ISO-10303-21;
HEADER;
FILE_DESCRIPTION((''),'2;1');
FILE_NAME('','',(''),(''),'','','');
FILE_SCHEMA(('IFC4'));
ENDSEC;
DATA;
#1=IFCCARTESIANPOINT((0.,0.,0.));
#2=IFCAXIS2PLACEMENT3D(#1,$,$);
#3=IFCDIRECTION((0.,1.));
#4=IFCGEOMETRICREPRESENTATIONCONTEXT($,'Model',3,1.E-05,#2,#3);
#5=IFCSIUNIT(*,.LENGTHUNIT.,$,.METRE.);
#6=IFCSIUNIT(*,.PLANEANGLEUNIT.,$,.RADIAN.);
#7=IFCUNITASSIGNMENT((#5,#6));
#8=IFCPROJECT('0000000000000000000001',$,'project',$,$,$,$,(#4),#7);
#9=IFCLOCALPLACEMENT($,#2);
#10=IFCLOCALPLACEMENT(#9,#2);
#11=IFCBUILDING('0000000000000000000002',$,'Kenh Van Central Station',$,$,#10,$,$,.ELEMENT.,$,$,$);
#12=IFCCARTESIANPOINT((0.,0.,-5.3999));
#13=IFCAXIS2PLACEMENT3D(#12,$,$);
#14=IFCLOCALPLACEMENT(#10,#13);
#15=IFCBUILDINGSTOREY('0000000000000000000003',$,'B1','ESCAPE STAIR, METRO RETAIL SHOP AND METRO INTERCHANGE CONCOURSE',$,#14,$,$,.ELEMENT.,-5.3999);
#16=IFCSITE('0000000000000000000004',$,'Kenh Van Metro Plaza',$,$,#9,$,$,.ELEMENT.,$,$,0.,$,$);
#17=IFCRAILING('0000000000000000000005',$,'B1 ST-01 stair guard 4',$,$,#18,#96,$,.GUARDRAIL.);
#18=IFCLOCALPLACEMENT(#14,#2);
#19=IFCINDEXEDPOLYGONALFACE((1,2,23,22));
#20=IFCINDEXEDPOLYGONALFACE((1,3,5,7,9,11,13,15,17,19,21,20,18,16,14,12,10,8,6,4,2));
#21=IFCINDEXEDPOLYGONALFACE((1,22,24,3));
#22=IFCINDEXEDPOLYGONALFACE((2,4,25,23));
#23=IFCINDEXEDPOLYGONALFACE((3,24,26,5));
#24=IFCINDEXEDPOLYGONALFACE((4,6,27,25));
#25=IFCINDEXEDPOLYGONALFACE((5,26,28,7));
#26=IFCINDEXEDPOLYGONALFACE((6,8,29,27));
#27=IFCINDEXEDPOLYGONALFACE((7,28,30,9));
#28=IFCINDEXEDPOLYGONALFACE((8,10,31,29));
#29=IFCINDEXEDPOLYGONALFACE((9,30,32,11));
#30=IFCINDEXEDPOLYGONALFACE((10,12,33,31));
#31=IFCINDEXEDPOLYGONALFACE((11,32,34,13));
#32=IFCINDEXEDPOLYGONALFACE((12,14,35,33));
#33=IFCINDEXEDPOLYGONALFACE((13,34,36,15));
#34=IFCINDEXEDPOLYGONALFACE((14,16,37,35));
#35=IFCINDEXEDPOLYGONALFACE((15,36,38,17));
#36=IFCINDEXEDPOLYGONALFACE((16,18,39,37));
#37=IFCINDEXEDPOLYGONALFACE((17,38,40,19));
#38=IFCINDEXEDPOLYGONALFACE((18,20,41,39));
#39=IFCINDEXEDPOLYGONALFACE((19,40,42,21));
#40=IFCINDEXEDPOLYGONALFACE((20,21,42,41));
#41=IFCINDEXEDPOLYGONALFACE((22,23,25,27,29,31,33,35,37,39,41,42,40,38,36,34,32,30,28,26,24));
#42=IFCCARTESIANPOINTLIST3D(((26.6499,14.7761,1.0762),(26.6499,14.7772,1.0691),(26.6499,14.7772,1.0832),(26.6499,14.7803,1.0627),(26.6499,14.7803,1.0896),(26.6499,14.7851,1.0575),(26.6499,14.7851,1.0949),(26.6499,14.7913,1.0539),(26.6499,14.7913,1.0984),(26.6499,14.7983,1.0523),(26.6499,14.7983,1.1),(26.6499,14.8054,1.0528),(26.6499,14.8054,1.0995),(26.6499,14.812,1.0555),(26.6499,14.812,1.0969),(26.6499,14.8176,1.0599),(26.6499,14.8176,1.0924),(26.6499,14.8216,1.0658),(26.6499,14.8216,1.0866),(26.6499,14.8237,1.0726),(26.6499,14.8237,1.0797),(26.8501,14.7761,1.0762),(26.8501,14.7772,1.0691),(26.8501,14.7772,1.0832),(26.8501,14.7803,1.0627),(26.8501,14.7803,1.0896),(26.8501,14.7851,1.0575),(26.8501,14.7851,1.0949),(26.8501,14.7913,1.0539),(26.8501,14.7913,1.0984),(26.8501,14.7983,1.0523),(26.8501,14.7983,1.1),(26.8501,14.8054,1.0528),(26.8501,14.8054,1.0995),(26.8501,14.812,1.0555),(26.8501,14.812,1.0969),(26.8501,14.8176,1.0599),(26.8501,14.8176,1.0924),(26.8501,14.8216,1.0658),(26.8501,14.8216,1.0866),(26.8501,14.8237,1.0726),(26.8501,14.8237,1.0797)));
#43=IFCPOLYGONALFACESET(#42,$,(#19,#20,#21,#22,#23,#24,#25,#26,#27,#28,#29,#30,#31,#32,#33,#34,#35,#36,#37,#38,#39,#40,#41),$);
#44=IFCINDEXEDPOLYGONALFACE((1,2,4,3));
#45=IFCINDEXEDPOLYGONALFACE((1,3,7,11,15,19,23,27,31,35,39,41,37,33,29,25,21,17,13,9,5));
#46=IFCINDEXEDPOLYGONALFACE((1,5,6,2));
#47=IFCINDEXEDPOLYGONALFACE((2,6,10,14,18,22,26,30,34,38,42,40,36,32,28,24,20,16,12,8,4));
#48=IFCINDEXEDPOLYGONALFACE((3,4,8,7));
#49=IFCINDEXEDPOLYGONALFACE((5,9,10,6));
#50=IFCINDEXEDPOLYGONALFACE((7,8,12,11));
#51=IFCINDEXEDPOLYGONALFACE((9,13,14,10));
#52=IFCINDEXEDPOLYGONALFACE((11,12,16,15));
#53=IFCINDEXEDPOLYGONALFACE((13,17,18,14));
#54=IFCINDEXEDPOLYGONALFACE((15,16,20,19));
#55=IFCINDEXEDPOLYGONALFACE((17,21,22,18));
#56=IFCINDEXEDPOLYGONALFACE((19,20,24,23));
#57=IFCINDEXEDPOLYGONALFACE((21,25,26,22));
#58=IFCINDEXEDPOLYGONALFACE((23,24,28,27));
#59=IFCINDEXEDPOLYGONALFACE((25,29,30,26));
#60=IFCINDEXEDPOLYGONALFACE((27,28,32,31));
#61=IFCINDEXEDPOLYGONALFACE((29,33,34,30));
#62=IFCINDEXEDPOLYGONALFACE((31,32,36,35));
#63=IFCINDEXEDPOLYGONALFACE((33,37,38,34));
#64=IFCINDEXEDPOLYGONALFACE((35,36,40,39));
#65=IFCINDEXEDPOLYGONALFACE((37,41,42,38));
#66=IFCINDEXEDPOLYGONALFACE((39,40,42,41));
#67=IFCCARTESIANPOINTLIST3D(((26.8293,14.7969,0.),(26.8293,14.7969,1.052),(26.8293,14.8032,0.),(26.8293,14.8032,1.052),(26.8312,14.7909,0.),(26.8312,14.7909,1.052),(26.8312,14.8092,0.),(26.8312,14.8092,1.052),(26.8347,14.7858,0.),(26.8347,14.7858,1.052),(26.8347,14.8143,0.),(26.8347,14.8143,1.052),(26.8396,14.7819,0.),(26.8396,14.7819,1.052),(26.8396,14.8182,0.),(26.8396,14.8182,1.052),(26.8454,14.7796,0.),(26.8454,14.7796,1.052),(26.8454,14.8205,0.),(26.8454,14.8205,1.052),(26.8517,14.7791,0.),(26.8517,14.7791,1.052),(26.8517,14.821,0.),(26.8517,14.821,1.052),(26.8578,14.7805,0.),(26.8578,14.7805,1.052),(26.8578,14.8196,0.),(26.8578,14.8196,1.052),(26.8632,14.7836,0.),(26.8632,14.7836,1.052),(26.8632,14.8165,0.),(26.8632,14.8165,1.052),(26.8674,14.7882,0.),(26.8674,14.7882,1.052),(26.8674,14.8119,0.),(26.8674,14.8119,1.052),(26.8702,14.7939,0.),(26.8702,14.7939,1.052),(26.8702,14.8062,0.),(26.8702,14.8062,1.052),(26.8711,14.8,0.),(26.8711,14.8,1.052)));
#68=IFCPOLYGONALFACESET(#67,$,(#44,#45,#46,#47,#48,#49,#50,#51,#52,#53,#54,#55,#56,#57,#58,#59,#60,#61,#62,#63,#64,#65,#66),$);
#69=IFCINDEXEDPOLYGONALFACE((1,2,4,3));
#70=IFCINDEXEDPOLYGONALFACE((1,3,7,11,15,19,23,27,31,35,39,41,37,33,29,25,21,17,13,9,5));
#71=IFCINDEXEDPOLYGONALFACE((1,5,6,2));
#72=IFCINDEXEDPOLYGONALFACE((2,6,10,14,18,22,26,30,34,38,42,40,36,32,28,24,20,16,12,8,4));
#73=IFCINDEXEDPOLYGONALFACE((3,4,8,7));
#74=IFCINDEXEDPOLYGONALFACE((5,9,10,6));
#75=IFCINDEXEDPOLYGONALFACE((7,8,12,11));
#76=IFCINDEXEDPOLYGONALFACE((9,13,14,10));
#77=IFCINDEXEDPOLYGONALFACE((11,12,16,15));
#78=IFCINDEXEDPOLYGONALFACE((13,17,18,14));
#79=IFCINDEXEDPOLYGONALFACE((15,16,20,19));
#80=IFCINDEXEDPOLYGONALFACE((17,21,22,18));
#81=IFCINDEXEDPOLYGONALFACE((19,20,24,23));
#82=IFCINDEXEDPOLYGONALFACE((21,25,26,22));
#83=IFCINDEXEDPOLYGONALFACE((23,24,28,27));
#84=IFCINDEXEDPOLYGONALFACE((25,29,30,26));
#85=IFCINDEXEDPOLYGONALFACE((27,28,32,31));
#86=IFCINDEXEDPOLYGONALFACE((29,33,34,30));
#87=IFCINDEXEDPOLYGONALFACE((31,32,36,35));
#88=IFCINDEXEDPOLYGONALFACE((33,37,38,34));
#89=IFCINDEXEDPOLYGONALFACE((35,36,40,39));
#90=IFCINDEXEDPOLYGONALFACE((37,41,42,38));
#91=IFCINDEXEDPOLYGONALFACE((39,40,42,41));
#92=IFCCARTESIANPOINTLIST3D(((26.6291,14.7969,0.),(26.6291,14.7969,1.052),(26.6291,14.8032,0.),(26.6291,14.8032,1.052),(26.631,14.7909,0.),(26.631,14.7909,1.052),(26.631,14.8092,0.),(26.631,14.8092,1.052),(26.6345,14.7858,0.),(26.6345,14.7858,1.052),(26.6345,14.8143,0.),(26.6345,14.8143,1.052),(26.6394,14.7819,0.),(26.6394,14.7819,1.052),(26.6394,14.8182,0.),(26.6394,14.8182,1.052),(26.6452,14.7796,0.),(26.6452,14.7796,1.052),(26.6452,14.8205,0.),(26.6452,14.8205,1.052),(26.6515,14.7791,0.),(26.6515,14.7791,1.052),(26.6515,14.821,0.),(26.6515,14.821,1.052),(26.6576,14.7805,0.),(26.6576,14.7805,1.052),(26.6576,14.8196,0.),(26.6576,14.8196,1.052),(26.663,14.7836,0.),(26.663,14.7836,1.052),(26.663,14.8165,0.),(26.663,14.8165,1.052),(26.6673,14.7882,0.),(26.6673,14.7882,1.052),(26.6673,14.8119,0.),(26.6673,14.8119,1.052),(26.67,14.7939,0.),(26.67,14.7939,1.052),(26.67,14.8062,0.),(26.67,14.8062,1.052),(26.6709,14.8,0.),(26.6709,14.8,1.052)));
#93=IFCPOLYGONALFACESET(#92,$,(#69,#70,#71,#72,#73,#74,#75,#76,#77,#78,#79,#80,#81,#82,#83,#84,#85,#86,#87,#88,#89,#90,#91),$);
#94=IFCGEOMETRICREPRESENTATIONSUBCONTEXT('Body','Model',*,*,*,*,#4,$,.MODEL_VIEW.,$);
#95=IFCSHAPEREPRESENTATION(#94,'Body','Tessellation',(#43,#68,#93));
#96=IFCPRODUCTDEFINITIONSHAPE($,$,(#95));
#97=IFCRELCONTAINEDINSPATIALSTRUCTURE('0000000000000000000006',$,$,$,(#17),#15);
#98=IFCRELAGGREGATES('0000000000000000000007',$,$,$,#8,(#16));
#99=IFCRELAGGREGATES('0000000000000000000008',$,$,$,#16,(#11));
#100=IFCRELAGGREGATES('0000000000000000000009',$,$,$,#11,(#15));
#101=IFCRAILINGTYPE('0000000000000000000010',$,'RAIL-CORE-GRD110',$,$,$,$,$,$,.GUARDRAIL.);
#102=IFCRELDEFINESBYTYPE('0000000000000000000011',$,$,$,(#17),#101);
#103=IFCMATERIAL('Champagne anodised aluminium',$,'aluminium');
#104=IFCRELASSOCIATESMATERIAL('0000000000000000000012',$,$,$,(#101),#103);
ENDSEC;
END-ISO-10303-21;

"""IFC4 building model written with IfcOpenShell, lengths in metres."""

from ifc_helpers import new_model, si_unit, direction, frame, origin, origin_2d, place, context, subcontext, project, spatial, circle, extrude, material, type_object, element, save


model = new_model("IFC4")

# Units and contexts
model_context = context("Model", 3, precision=1e-05, world=origin(), true_north=direction((0.0, 1.0)))
body_context = subcontext(model_context, "Body", "Model", "MODEL_VIEW")
ifc_project = project(units=[si_unit("LENGTHUNIT", "METRE"), si_unit("PLANEANGLEUNIT", "RADIAN")], contexts=[model_context])

# Site, building, storey
site_placement = place(None, origin())
site = spatial("IfcSite", under=ifc_project, at=site_placement, Name="Kenh Van Metro Plaza", CompositionType="ELEMENT", RefElevation=0.0)
building_placement = place(site_placement, origin())
building = spatial("IfcBuilding", under=site, at=building_placement, Name="Kenh Van Central Station", CompositionType="ELEMENT")
storey_placement = place(building_placement, frame((0.0, 0.0, -5.3999)))
storey = spatial("IfcBuildingStorey", under=building, at=storey_placement, Name="B1", Description="ESCAPE STAIR, METRO RETAIL SHOP AND METRO INTERCHANGE CONCOURSE", CompositionType="ELEMENT", Elevation=-5.3999)

# Shared definitions
ifc_material_1 = material(Name="Champagne anodised aluminium", Category="aluminium")

# Railing
railing_type_1 = type_object("IfcRailingType", Name="RAIL-CORE-GRD110", PredefinedType="GUARDRAIL", material=ifc_material_1)
railing_1_placement = place(storey_placement, frame((26.8501, 14.8, 0.0)))
element("IfcRailing", 1, at=railing_1_placement, inside=storey, type_object=railing_type_1, Name="B1 ST-01 stair guard 4", PredefinedType="GUARDRAIL", context=body_context, shape_type="SweptSolid", body=[
    extrude(circle(Radius=0.0239, at=origin_2d()), frame((0.0, 0.0, 1.0762), z_axis=(-1.0, 0.0, 0.0), x_axis=(0.0, -1.0, 0.0)), (0.0, 0.0, 1.0), 0.2002),
    extrude(circle(Radius=0.021, at=origin_2d()), origin(), (0.0, 0.0, 1.0), 1.052),
    extrude(circle(Radius=0.021, at=origin_2d()), frame((-0.2002, 0.0, 0.0)), (0.0, 0.0, 1.0), 1.052),
])

save(model, "model.ifc")
